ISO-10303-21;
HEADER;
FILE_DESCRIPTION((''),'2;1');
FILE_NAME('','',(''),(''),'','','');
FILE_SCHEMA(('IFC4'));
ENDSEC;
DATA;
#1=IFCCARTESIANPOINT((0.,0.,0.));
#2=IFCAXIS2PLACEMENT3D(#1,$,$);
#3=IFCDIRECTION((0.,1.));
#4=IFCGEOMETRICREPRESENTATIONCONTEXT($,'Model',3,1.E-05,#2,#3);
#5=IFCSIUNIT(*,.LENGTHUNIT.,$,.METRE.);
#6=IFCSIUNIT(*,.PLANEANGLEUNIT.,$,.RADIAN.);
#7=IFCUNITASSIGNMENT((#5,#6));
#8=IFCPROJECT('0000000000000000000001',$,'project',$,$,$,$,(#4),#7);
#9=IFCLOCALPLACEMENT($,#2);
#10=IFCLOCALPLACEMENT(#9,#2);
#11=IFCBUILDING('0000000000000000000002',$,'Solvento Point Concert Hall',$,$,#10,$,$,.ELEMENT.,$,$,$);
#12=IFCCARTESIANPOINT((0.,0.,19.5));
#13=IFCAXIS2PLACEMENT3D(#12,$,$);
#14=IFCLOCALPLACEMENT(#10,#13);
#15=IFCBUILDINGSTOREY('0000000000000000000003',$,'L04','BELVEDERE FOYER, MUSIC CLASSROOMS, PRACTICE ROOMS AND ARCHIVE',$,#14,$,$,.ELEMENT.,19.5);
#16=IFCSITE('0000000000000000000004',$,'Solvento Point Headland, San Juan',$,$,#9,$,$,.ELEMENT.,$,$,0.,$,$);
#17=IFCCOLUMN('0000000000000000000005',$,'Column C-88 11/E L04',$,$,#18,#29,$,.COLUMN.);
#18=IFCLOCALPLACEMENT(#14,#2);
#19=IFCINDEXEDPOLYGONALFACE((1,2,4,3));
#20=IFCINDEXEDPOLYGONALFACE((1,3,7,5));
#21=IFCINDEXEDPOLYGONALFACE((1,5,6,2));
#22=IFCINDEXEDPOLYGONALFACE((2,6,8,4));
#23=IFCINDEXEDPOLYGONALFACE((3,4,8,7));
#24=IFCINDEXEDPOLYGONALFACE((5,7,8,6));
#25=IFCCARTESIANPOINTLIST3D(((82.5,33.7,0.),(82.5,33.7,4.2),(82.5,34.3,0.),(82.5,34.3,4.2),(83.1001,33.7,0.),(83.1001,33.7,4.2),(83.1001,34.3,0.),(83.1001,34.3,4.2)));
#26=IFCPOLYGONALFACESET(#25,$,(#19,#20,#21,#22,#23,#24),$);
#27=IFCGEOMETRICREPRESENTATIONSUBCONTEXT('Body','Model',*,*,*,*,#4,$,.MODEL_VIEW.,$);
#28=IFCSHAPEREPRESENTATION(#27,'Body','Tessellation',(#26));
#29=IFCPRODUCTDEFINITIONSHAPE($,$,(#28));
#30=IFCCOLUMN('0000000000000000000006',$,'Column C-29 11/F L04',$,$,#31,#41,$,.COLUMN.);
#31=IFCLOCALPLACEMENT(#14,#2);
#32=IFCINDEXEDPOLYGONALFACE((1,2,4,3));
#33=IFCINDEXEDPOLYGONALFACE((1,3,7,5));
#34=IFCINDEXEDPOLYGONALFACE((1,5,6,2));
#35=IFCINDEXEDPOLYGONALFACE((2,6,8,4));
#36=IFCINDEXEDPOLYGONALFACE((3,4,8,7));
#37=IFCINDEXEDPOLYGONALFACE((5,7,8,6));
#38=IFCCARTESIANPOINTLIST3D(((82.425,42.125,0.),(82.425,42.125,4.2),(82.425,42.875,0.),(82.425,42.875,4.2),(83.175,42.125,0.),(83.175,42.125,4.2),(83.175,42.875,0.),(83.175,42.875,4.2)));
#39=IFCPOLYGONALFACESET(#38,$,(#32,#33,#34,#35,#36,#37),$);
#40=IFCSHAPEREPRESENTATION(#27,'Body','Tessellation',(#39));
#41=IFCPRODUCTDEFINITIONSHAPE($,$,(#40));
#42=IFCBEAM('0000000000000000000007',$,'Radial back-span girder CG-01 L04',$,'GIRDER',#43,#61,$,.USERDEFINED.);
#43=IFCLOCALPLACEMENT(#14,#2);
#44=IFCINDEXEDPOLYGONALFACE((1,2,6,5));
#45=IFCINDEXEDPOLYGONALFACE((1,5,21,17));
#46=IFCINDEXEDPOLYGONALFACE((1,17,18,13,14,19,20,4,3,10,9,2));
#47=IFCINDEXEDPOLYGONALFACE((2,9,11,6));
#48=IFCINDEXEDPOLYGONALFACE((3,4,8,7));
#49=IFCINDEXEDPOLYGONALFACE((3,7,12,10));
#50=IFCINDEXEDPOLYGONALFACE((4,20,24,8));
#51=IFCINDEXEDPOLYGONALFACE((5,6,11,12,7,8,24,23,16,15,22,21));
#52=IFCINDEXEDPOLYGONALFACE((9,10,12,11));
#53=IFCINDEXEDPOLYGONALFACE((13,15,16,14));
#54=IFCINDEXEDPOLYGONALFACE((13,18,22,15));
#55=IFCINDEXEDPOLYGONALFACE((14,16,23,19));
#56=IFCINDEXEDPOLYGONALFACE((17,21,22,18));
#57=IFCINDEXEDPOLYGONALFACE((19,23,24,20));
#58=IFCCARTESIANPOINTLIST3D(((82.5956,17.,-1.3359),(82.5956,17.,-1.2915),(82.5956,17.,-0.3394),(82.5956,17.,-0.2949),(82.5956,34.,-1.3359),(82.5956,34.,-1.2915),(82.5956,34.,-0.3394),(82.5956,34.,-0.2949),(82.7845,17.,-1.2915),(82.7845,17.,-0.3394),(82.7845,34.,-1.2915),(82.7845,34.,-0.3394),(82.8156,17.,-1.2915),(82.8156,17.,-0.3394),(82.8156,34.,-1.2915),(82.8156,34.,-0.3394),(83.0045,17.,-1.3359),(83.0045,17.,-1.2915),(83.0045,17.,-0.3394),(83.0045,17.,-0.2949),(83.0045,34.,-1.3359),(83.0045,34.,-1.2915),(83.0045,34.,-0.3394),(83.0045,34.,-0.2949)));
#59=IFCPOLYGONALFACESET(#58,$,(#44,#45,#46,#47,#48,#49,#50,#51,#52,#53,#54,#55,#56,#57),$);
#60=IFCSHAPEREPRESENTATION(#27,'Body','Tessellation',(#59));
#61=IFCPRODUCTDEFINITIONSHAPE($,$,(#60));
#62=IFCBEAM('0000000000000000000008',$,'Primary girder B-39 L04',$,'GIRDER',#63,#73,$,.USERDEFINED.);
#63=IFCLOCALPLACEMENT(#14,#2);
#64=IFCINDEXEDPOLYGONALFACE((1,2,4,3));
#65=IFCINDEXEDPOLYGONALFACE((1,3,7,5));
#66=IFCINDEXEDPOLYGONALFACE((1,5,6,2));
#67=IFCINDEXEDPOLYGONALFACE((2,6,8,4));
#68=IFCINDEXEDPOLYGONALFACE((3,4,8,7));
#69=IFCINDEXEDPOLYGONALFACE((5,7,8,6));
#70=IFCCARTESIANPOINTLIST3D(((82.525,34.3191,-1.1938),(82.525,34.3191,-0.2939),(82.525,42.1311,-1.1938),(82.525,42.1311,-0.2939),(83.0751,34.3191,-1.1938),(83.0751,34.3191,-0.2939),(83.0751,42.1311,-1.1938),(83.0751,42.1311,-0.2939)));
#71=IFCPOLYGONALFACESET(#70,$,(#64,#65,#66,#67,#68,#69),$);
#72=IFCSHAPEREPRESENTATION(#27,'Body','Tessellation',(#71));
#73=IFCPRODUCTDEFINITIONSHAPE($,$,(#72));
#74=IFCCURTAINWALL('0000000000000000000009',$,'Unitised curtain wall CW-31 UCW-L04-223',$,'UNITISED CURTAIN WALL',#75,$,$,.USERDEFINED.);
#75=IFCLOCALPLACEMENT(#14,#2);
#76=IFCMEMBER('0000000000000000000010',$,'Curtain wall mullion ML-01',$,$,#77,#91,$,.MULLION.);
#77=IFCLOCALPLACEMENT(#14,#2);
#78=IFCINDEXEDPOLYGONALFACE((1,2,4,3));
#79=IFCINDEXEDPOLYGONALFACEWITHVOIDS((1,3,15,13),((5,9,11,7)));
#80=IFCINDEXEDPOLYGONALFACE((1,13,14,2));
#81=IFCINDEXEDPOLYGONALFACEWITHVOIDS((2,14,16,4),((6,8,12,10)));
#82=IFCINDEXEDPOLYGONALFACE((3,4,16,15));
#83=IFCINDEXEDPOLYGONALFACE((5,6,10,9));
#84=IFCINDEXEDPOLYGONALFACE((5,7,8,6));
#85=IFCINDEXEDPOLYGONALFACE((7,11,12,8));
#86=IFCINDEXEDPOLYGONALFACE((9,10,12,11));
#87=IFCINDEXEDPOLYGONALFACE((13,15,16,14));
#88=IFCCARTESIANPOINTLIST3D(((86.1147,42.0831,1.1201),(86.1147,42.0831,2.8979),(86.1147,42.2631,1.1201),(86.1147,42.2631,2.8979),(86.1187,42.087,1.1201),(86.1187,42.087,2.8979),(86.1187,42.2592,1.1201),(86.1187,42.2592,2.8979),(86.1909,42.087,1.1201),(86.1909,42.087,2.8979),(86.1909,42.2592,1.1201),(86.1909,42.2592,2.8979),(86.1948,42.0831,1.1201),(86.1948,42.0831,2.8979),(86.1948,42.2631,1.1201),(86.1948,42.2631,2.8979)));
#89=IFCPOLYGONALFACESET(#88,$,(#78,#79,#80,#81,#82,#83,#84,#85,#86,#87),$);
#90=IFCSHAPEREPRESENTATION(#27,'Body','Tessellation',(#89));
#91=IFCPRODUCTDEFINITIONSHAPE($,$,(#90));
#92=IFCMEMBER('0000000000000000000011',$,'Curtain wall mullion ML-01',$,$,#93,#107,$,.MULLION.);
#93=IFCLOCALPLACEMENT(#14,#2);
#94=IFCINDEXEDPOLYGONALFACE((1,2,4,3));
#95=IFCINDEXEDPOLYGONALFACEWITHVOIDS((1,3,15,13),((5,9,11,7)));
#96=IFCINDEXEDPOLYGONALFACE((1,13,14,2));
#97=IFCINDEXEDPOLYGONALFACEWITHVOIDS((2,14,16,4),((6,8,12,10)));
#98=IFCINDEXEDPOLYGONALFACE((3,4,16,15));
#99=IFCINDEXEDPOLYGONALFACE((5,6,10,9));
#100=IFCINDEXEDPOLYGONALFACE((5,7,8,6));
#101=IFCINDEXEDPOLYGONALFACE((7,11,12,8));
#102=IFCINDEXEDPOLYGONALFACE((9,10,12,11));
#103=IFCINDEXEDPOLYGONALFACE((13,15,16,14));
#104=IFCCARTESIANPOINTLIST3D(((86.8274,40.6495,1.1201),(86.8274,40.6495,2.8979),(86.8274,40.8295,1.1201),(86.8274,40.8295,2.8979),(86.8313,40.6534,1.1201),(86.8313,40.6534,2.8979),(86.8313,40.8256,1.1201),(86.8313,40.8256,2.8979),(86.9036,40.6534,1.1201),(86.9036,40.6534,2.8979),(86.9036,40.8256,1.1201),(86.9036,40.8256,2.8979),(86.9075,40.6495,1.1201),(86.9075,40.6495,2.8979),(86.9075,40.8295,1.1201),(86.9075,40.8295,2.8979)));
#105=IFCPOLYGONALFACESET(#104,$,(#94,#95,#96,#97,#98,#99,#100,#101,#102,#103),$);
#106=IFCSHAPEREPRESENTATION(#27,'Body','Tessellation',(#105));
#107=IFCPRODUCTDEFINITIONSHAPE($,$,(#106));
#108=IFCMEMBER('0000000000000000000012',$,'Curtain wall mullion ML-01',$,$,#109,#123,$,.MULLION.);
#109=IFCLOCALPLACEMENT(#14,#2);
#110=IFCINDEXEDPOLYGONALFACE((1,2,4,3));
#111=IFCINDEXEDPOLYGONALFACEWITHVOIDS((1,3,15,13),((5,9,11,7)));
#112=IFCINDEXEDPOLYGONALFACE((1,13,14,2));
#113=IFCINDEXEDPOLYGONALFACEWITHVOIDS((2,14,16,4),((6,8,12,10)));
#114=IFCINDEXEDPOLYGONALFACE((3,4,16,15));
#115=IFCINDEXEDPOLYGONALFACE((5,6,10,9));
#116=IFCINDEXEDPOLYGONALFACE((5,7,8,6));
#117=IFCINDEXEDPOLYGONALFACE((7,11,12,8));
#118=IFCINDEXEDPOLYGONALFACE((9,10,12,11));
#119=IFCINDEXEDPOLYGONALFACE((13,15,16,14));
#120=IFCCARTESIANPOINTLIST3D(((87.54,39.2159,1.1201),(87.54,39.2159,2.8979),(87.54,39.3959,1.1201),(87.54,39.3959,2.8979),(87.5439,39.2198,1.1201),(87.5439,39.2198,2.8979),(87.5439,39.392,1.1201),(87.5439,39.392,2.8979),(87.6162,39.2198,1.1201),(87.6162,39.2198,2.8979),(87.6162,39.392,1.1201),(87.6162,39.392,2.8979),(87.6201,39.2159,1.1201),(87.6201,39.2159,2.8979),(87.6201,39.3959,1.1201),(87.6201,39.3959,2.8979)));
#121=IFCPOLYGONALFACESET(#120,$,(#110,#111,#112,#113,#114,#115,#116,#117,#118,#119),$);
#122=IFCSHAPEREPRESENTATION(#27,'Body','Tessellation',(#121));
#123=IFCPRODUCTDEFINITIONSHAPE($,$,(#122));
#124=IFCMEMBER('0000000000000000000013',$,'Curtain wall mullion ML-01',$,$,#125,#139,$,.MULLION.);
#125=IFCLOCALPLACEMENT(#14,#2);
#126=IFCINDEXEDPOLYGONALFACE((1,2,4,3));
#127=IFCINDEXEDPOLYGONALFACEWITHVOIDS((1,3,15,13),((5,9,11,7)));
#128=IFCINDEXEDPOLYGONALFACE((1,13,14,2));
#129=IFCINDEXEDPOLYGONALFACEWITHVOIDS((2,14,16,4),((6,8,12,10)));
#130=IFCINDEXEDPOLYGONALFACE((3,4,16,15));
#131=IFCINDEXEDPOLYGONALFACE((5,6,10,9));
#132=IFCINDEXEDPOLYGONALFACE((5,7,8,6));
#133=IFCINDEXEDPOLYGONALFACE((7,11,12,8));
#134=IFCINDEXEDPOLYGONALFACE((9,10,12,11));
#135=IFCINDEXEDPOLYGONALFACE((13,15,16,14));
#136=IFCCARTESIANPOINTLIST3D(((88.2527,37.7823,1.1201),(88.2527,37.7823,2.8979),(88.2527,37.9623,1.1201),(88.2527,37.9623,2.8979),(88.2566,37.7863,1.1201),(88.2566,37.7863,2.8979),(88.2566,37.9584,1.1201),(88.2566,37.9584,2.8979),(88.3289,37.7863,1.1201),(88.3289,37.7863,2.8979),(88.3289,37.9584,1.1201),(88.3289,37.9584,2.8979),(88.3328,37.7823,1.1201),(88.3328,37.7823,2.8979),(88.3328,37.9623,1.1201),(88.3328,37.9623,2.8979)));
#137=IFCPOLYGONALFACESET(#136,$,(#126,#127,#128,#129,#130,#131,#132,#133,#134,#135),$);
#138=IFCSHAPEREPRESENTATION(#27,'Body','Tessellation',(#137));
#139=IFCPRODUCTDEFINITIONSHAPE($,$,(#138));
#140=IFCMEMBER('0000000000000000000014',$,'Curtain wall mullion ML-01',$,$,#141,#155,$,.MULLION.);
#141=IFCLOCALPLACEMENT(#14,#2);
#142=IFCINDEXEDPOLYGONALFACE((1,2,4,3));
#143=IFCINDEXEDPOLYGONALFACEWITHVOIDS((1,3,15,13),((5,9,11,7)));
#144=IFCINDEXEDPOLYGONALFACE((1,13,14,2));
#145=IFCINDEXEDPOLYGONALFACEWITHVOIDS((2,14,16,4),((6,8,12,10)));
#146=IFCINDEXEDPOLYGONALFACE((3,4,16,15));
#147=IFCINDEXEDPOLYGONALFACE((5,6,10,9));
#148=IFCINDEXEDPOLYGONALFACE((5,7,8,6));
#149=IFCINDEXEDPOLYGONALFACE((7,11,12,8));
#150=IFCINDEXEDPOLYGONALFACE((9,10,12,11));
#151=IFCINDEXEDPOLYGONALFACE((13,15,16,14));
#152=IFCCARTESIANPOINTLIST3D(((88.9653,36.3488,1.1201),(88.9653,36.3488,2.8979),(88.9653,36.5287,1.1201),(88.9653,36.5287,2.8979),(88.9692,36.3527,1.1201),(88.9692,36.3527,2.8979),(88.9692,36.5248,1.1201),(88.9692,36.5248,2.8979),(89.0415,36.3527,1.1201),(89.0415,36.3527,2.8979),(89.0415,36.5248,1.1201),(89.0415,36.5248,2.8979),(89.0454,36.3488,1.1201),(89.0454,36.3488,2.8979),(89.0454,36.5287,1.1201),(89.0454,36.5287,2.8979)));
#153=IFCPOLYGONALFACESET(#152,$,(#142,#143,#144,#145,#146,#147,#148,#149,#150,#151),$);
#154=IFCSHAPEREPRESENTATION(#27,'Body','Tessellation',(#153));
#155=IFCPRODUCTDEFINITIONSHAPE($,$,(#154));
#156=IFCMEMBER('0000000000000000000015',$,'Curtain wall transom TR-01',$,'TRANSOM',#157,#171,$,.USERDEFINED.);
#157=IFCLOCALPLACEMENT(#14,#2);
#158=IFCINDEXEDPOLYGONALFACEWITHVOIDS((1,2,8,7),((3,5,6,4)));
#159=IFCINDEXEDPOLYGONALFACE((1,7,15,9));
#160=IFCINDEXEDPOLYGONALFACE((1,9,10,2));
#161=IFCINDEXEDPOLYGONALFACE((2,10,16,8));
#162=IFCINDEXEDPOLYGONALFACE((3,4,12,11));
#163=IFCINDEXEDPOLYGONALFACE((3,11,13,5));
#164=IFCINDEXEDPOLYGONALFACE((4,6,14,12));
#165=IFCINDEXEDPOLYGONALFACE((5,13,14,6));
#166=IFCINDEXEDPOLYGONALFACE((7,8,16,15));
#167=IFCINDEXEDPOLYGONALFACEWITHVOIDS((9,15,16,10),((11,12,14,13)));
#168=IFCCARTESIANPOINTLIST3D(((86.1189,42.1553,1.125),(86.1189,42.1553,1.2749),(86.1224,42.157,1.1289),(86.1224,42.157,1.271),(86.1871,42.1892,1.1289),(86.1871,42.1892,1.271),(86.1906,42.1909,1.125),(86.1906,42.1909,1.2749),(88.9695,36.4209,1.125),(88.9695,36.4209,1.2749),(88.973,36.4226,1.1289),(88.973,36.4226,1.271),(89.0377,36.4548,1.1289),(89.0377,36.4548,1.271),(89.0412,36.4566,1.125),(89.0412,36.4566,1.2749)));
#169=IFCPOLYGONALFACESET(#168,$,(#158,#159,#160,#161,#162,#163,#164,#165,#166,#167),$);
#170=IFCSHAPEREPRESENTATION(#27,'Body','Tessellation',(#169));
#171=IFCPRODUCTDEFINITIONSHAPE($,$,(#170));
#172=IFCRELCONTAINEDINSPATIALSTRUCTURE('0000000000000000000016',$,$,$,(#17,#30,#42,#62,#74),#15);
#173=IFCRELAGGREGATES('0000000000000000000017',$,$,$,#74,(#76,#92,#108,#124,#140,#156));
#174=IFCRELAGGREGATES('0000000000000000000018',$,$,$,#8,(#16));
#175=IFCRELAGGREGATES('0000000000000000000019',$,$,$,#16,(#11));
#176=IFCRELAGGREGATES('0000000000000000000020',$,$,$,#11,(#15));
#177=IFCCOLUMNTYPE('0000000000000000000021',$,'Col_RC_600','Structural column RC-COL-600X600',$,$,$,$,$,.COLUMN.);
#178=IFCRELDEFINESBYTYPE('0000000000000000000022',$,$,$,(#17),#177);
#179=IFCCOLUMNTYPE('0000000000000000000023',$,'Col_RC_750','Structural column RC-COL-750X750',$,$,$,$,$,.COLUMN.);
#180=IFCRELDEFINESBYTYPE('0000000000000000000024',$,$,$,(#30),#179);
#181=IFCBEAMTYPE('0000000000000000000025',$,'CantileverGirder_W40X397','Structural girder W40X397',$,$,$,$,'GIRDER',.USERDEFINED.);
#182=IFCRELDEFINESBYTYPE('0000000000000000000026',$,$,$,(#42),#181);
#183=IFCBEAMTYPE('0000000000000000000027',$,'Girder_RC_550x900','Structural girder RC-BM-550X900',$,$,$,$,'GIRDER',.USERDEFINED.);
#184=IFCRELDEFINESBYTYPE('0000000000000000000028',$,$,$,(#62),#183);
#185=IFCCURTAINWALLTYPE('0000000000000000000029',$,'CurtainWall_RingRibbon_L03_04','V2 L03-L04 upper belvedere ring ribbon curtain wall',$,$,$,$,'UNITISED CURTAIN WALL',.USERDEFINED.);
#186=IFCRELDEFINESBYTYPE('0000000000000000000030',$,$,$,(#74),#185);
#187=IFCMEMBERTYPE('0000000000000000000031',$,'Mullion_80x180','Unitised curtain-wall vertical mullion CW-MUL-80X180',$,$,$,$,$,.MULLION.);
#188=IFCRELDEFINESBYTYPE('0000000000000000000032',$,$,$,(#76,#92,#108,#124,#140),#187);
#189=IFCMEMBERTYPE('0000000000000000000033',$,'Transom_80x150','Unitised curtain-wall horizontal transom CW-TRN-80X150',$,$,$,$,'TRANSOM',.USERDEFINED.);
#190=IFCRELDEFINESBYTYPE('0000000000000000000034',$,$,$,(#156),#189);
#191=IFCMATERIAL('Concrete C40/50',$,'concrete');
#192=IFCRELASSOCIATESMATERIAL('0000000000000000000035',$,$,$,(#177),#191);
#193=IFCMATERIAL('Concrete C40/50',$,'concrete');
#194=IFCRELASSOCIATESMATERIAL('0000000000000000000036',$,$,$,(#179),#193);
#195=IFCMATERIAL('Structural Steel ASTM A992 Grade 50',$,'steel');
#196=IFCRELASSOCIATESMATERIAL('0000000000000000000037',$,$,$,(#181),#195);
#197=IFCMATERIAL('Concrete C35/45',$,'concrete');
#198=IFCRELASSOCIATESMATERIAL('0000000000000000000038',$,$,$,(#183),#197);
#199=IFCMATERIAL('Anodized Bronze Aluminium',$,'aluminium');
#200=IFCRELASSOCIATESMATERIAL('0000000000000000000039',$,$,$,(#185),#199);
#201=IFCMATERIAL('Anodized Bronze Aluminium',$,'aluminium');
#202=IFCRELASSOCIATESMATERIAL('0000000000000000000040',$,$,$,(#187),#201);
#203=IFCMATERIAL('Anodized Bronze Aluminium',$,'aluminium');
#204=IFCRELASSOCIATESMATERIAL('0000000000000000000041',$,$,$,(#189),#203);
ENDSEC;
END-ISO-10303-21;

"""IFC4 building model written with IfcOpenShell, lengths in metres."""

from ifc_helpers import new_model, si_unit, direction, frame, origin, origin_2d, place, context, subcontext, project, spatial, rectangle, hollow_rectangle, i_section, extrude, material, material_profile, profile_set, type_object, element, aggregate, save


model = new_model("IFC4")

# Units and contexts
model_context = context("Model", 3, precision=1e-05, world=origin(), true_north=direction((0.0, 1.0)))
body_context = subcontext(model_context, "Body", "Model", "MODEL_VIEW")
ifc_project = project(units=[si_unit("LENGTHUNIT", "METRE"), si_unit("PLANEANGLEUNIT", "RADIAN")], contexts=[model_context])

# Site, building, storey
site_placement = place(None, origin())
site = spatial("IfcSite", under=ifc_project, at=site_placement, Name="Solvento Point Headland, San Juan", CompositionType="ELEMENT", RefElevation=0.0)
building_placement = place(site_placement, origin())
building = spatial("IfcBuilding", under=site, at=building_placement, Name="Solvento Point Concert Hall", CompositionType="ELEMENT")
storey_placement = place(building_placement, frame((0.0, 0.0, 19.5)))
storey = spatial("IfcBuildingStorey", under=building, at=storey_placement, Name="L04", Description="BELVEDERE FOYER, MUSIC CLASSROOMS, PRACTICE ROOMS AND ARCHIVE", CompositionType="ELEMENT", Elevation=19.5)

# Columns
ifc_material_1 = material(Name="Concrete C40/50", Category="concrete")
ifc_material_profile_1 = material_profile(ifc_material_1, rectangle(XDim=0.6001, YDim=0.6001, at=origin_2d()), Name="RC-COL-600X600")
ifc_profile_set_1 = profile_set([ifc_material_profile_1], Name="Concrete C40/50")
column_type_1 = type_object("IfcColumnType", Name="Col_RC_600", Description="Structural column RC-COL-600X600", PredefinedType="COLUMN", material=ifc_profile_set_1)
column_1_placement = place(storey_placement, frame((82.8, 34.0, 0.0), z_axis=(0.0, 0.0, 1.0), x_axis=(1.0, 0.0, 0.0)))
element("IfcColumn", 1, at=column_1_placement, inside=storey, type_object=column_type_1, Name="Column C-88 11/E L04", PredefinedType="COLUMN", context=body_context, shape_type="SweptSolid", body=[
    extrude(rectangle(XDim=0.6001, YDim=0.6001, at=origin_2d()), origin(), (0.0, 0.0, 1.0), 4.2),
])
ifc_material_2 = material(Name="Concrete C40/50", Category="concrete")
ifc_material_profile_2 = material_profile(ifc_material_2, rectangle(XDim=0.75, YDim=0.75, at=origin_2d()), Name="RC-COL-750X750")
ifc_profile_set_2 = profile_set([ifc_material_profile_2], Name="Concrete C40/50")
column_type_2 = type_object("IfcColumnType", Name="Col_RC_750", Description="Structural column RC-COL-750X750", PredefinedType="COLUMN", material=ifc_profile_set_2)
column_2_placement = place(storey_placement, frame((82.8, 42.5, 0.0), z_axis=(0.0, 0.0, 1.0), x_axis=(1.0, 0.0, 0.0)))
element("IfcColumn", 2, at=column_2_placement, inside=storey, type_object=column_type_2, Name="Column C-29 11/F L04", PredefinedType="COLUMN", context=body_context, shape_type="SweptSolid", body=[
    extrude(rectangle(XDim=0.75, YDim=0.75, at=origin_2d()), origin(), (0.0, 0.0, 1.0), 4.2),
])

# Beams
ifc_material_3 = material(Name="Structural Steel ASTM A992 Grade 50", Category="steel")
ifc_material_profile_3 = material_profile(ifc_material_3, i_section(OverallWidth=0.4089, OverallDepth=1.041, WebThickness=0.031, FlangeThickness=0.0444, at=origin_2d()), Name="W40X397")
ifc_profile_set_3 = profile_set([ifc_material_profile_3], Name="Structural Steel ASTM A992 Grade 50")
beam_type_1 = type_object("IfcBeamType", Name="CantileverGirder_W40X397", Description="Structural girder W40X397", ElementType="GIRDER", PredefinedType="USERDEFINED", material=ifc_profile_set_3)
beam_1_placement = place(storey_placement, frame((82.8, 34.0, -0.8154), z_axis=(0.0, -1.0, 0.0), x_axis=(1.0, 0.0, 0.0)))
element("IfcBeam", 3, at=beam_1_placement, inside=storey, type_object=beam_type_1, Name="Radial back-span girder CG-01 L04", ObjectType="GIRDER", PredefinedType="USERDEFINED", context=body_context, shape_type="SweptSolid", body=[
    extrude(i_section(OverallWidth=0.4089, OverallDepth=1.041, WebThickness=0.031, FlangeThickness=0.0444, at=origin_2d()), origin(), (0.0, 0.0, 1.0), 17.0),
])
ifc_material_4 = material(Name="Concrete C35/45", Category="concrete")
ifc_material_profile_4 = material_profile(ifc_material_4, rectangle(XDim=0.55, YDim=0.8999, at=origin_2d()), Name="RC-BM-550X900")
ifc_profile_set_4 = profile_set([ifc_material_profile_4], Name="Concrete C35/45")
beam_type_2 = type_object("IfcBeamType", Name="Girder_RC_550x900", Description="Structural girder RC-BM-550X900", ElementType="GIRDER", PredefinedType="USERDEFINED", material=ifc_profile_set_4)
beam_2_placement = place(storey_placement, frame((82.8, 34.3191, -0.7439), z_axis=(0.0, 1.0, 0.0), x_axis=(-1.0, 0.0, 0.0)))
element("IfcBeam", 4, at=beam_2_placement, inside=storey, type_object=beam_type_2, Name="Primary girder B-39 L04", ObjectType="GIRDER", PredefinedType="USERDEFINED", context=body_context, shape_type="SweptSolid", body=[
    extrude(rectangle(XDim=0.55, YDim=0.8999, at=origin_2d()), origin(), (0.0, 0.0, 1.0), 7.812),
])

# Curtain wall, members
ifc_material_5 = material(Name="Anodized Bronze Aluminium", Category="aluminium")
curtain_wall_type = type_object("IfcCurtainWallType", Name="CurtainWall_RingRibbon_L03_04", Description="V2 L03-L04 upper belvedere ring ribbon curtain wall", ElementType="UNITISED CURTAIN WALL", PredefinedType="USERDEFINED", material=ifc_material_5)
curtain_wall_placement = place(storey_placement, origin())
curtain_wall = element("IfcCurtainWall", 5, at=curtain_wall_placement, inside=storey, type_object=curtain_wall_type, Name="Unitised curtain wall CW-31 UCW-L04-223", ObjectType="UNITISED CURTAIN WALL", PredefinedType="USERDEFINED")
ifc_material_6 = material(Name="Anodized Bronze Aluminium", Category="aluminium")
ifc_material_profile_5 = material_profile(ifc_material_6, hollow_rectangle(XDim=0.0801, YDim=0.1799, WallThickness=0.0039, at=origin_2d()), Name="CW-MUL-80X180")
ifc_profile_set_5 = profile_set([ifc_material_profile_5], Name="Anodized Bronze Aluminium")
member_type_1 = type_object("IfcMemberType", Name="Mullion_80x180", Description="Unitised curtain-wall vertical mullion CW-MUL-80X180", PredefinedType="MULLION", material=ifc_profile_set_5)
member_1_placement = place(storey_placement, frame((86.1548, 42.1731, 1.1201), z_axis=(0.0, 0.0, 1.0), x_axis=(1.0, 0.0, 0.0)))
member_1 = element("IfcMember", 6, at=member_1_placement, type_object=member_type_1, Name="Curtain wall mullion ML-01", PredefinedType="MULLION", context=body_context, shape_type="SweptSolid", body=[
    extrude(hollow_rectangle(XDim=0.0801, YDim=0.1799, WallThickness=0.0039, at=origin_2d()), origin(), (0.0, 0.0, 1.0), 1.7778),
])
member_2_placement = place(storey_placement, frame((86.8674, 40.7395, 1.1201), z_axis=(0.0, 0.0, 1.0), x_axis=(1.0, 0.0, 0.0)))
member_2 = element("IfcMember", 7, at=member_2_placement, type_object=member_type_1, Name="Curtain wall mullion ML-01", PredefinedType="MULLION", context=body_context, shape_type="SweptSolid", body=[
    extrude(hollow_rectangle(XDim=0.0801, YDim=0.1799, WallThickness=0.0039, at=origin_2d()), origin(), (0.0, 0.0, 1.0), 1.7778),
])
member_3_placement = place(storey_placement, frame((87.5801, 39.3059, 1.1201), z_axis=(0.0, 0.0, 1.0), x_axis=(1.0, 0.0, 0.0)))
member_3 = element("IfcMember", 8, at=member_3_placement, type_object=member_type_1, Name="Curtain wall mullion ML-01", PredefinedType="MULLION", context=body_context, shape_type="SweptSolid", body=[
    extrude(hollow_rectangle(XDim=0.0801, YDim=0.1799, WallThickness=0.0039, at=origin_2d()), origin(), (0.0, 0.0, 1.0), 1.7778),
])
member_4_placement = place(storey_placement, frame((88.2927, 37.8723, 1.1201), z_axis=(0.0, 0.0, 1.0), x_axis=(1.0, 0.0, 0.0)))
member_4 = element("IfcMember", 9, at=member_4_placement, type_object=member_type_1, Name="Curtain wall mullion ML-01", PredefinedType="MULLION", context=body_context, shape_type="SweptSolid", body=[
    extrude(hollow_rectangle(XDim=0.0801, YDim=0.1799, WallThickness=0.0039, at=origin_2d()), origin(), (0.0, 0.0, 1.0), 1.7778),
])
member_5_placement = place(storey_placement, frame((89.0054, 36.4387, 1.1201), z_axis=(0.0, 0.0, 1.0), x_axis=(1.0, 0.0, 0.0)))
member_5 = element("IfcMember", 10, at=member_5_placement, type_object=member_type_1, Name="Curtain wall mullion ML-01", PredefinedType="MULLION", context=body_context, shape_type="SweptSolid", body=[
    extrude(hollow_rectangle(XDim=0.0801, YDim=0.1799, WallThickness=0.0039, at=origin_2d()), origin(), (0.0, 0.0, 1.0), 1.7778),
])
ifc_material_7 = material(Name="Anodized Bronze Aluminium", Category="aluminium")
ifc_material_profile_6 = material_profile(ifc_material_7, hollow_rectangle(XDim=0.0801, YDim=0.1499, WallThickness=0.0039, at=origin_2d()), Name="CW-TRN-80X150")
ifc_profile_set_6 = profile_set([ifc_material_profile_6], Name="Anodized Bronze Aluminium")
member_type_2 = type_object("IfcMemberType", Name="Transom_80x150", Description="Unitised curtain-wall horizontal transom CW-TRN-80X150", ElementType="TRANSOM", PredefinedType="USERDEFINED", material=ifc_profile_set_6)
member_6_placement = place(storey_placement, frame((86.1548, 42.1731, 1.2), z_axis=(0.445138, -0.895462, 0.0), x_axis=(0.895462, 0.445138, 0.0)))
member_6 = element("IfcMember", 11, at=member_6_placement, type_object=member_type_2, Name="Curtain wall transom TR-01", ObjectType="TRANSOM", PredefinedType="USERDEFINED", context=body_context, shape_type="SweptSolid", body=[
    extrude(hollow_rectangle(XDim=0.0801, YDim=0.1499, WallThickness=0.0039, at=origin_2d()), origin(), (0.0, 0.0, 1.0), 6.4038),
])
aggregate(curtain_wall, [member_1, member_2, member_3, member_4, member_5, member_6])

save(model, "model.ifc")
